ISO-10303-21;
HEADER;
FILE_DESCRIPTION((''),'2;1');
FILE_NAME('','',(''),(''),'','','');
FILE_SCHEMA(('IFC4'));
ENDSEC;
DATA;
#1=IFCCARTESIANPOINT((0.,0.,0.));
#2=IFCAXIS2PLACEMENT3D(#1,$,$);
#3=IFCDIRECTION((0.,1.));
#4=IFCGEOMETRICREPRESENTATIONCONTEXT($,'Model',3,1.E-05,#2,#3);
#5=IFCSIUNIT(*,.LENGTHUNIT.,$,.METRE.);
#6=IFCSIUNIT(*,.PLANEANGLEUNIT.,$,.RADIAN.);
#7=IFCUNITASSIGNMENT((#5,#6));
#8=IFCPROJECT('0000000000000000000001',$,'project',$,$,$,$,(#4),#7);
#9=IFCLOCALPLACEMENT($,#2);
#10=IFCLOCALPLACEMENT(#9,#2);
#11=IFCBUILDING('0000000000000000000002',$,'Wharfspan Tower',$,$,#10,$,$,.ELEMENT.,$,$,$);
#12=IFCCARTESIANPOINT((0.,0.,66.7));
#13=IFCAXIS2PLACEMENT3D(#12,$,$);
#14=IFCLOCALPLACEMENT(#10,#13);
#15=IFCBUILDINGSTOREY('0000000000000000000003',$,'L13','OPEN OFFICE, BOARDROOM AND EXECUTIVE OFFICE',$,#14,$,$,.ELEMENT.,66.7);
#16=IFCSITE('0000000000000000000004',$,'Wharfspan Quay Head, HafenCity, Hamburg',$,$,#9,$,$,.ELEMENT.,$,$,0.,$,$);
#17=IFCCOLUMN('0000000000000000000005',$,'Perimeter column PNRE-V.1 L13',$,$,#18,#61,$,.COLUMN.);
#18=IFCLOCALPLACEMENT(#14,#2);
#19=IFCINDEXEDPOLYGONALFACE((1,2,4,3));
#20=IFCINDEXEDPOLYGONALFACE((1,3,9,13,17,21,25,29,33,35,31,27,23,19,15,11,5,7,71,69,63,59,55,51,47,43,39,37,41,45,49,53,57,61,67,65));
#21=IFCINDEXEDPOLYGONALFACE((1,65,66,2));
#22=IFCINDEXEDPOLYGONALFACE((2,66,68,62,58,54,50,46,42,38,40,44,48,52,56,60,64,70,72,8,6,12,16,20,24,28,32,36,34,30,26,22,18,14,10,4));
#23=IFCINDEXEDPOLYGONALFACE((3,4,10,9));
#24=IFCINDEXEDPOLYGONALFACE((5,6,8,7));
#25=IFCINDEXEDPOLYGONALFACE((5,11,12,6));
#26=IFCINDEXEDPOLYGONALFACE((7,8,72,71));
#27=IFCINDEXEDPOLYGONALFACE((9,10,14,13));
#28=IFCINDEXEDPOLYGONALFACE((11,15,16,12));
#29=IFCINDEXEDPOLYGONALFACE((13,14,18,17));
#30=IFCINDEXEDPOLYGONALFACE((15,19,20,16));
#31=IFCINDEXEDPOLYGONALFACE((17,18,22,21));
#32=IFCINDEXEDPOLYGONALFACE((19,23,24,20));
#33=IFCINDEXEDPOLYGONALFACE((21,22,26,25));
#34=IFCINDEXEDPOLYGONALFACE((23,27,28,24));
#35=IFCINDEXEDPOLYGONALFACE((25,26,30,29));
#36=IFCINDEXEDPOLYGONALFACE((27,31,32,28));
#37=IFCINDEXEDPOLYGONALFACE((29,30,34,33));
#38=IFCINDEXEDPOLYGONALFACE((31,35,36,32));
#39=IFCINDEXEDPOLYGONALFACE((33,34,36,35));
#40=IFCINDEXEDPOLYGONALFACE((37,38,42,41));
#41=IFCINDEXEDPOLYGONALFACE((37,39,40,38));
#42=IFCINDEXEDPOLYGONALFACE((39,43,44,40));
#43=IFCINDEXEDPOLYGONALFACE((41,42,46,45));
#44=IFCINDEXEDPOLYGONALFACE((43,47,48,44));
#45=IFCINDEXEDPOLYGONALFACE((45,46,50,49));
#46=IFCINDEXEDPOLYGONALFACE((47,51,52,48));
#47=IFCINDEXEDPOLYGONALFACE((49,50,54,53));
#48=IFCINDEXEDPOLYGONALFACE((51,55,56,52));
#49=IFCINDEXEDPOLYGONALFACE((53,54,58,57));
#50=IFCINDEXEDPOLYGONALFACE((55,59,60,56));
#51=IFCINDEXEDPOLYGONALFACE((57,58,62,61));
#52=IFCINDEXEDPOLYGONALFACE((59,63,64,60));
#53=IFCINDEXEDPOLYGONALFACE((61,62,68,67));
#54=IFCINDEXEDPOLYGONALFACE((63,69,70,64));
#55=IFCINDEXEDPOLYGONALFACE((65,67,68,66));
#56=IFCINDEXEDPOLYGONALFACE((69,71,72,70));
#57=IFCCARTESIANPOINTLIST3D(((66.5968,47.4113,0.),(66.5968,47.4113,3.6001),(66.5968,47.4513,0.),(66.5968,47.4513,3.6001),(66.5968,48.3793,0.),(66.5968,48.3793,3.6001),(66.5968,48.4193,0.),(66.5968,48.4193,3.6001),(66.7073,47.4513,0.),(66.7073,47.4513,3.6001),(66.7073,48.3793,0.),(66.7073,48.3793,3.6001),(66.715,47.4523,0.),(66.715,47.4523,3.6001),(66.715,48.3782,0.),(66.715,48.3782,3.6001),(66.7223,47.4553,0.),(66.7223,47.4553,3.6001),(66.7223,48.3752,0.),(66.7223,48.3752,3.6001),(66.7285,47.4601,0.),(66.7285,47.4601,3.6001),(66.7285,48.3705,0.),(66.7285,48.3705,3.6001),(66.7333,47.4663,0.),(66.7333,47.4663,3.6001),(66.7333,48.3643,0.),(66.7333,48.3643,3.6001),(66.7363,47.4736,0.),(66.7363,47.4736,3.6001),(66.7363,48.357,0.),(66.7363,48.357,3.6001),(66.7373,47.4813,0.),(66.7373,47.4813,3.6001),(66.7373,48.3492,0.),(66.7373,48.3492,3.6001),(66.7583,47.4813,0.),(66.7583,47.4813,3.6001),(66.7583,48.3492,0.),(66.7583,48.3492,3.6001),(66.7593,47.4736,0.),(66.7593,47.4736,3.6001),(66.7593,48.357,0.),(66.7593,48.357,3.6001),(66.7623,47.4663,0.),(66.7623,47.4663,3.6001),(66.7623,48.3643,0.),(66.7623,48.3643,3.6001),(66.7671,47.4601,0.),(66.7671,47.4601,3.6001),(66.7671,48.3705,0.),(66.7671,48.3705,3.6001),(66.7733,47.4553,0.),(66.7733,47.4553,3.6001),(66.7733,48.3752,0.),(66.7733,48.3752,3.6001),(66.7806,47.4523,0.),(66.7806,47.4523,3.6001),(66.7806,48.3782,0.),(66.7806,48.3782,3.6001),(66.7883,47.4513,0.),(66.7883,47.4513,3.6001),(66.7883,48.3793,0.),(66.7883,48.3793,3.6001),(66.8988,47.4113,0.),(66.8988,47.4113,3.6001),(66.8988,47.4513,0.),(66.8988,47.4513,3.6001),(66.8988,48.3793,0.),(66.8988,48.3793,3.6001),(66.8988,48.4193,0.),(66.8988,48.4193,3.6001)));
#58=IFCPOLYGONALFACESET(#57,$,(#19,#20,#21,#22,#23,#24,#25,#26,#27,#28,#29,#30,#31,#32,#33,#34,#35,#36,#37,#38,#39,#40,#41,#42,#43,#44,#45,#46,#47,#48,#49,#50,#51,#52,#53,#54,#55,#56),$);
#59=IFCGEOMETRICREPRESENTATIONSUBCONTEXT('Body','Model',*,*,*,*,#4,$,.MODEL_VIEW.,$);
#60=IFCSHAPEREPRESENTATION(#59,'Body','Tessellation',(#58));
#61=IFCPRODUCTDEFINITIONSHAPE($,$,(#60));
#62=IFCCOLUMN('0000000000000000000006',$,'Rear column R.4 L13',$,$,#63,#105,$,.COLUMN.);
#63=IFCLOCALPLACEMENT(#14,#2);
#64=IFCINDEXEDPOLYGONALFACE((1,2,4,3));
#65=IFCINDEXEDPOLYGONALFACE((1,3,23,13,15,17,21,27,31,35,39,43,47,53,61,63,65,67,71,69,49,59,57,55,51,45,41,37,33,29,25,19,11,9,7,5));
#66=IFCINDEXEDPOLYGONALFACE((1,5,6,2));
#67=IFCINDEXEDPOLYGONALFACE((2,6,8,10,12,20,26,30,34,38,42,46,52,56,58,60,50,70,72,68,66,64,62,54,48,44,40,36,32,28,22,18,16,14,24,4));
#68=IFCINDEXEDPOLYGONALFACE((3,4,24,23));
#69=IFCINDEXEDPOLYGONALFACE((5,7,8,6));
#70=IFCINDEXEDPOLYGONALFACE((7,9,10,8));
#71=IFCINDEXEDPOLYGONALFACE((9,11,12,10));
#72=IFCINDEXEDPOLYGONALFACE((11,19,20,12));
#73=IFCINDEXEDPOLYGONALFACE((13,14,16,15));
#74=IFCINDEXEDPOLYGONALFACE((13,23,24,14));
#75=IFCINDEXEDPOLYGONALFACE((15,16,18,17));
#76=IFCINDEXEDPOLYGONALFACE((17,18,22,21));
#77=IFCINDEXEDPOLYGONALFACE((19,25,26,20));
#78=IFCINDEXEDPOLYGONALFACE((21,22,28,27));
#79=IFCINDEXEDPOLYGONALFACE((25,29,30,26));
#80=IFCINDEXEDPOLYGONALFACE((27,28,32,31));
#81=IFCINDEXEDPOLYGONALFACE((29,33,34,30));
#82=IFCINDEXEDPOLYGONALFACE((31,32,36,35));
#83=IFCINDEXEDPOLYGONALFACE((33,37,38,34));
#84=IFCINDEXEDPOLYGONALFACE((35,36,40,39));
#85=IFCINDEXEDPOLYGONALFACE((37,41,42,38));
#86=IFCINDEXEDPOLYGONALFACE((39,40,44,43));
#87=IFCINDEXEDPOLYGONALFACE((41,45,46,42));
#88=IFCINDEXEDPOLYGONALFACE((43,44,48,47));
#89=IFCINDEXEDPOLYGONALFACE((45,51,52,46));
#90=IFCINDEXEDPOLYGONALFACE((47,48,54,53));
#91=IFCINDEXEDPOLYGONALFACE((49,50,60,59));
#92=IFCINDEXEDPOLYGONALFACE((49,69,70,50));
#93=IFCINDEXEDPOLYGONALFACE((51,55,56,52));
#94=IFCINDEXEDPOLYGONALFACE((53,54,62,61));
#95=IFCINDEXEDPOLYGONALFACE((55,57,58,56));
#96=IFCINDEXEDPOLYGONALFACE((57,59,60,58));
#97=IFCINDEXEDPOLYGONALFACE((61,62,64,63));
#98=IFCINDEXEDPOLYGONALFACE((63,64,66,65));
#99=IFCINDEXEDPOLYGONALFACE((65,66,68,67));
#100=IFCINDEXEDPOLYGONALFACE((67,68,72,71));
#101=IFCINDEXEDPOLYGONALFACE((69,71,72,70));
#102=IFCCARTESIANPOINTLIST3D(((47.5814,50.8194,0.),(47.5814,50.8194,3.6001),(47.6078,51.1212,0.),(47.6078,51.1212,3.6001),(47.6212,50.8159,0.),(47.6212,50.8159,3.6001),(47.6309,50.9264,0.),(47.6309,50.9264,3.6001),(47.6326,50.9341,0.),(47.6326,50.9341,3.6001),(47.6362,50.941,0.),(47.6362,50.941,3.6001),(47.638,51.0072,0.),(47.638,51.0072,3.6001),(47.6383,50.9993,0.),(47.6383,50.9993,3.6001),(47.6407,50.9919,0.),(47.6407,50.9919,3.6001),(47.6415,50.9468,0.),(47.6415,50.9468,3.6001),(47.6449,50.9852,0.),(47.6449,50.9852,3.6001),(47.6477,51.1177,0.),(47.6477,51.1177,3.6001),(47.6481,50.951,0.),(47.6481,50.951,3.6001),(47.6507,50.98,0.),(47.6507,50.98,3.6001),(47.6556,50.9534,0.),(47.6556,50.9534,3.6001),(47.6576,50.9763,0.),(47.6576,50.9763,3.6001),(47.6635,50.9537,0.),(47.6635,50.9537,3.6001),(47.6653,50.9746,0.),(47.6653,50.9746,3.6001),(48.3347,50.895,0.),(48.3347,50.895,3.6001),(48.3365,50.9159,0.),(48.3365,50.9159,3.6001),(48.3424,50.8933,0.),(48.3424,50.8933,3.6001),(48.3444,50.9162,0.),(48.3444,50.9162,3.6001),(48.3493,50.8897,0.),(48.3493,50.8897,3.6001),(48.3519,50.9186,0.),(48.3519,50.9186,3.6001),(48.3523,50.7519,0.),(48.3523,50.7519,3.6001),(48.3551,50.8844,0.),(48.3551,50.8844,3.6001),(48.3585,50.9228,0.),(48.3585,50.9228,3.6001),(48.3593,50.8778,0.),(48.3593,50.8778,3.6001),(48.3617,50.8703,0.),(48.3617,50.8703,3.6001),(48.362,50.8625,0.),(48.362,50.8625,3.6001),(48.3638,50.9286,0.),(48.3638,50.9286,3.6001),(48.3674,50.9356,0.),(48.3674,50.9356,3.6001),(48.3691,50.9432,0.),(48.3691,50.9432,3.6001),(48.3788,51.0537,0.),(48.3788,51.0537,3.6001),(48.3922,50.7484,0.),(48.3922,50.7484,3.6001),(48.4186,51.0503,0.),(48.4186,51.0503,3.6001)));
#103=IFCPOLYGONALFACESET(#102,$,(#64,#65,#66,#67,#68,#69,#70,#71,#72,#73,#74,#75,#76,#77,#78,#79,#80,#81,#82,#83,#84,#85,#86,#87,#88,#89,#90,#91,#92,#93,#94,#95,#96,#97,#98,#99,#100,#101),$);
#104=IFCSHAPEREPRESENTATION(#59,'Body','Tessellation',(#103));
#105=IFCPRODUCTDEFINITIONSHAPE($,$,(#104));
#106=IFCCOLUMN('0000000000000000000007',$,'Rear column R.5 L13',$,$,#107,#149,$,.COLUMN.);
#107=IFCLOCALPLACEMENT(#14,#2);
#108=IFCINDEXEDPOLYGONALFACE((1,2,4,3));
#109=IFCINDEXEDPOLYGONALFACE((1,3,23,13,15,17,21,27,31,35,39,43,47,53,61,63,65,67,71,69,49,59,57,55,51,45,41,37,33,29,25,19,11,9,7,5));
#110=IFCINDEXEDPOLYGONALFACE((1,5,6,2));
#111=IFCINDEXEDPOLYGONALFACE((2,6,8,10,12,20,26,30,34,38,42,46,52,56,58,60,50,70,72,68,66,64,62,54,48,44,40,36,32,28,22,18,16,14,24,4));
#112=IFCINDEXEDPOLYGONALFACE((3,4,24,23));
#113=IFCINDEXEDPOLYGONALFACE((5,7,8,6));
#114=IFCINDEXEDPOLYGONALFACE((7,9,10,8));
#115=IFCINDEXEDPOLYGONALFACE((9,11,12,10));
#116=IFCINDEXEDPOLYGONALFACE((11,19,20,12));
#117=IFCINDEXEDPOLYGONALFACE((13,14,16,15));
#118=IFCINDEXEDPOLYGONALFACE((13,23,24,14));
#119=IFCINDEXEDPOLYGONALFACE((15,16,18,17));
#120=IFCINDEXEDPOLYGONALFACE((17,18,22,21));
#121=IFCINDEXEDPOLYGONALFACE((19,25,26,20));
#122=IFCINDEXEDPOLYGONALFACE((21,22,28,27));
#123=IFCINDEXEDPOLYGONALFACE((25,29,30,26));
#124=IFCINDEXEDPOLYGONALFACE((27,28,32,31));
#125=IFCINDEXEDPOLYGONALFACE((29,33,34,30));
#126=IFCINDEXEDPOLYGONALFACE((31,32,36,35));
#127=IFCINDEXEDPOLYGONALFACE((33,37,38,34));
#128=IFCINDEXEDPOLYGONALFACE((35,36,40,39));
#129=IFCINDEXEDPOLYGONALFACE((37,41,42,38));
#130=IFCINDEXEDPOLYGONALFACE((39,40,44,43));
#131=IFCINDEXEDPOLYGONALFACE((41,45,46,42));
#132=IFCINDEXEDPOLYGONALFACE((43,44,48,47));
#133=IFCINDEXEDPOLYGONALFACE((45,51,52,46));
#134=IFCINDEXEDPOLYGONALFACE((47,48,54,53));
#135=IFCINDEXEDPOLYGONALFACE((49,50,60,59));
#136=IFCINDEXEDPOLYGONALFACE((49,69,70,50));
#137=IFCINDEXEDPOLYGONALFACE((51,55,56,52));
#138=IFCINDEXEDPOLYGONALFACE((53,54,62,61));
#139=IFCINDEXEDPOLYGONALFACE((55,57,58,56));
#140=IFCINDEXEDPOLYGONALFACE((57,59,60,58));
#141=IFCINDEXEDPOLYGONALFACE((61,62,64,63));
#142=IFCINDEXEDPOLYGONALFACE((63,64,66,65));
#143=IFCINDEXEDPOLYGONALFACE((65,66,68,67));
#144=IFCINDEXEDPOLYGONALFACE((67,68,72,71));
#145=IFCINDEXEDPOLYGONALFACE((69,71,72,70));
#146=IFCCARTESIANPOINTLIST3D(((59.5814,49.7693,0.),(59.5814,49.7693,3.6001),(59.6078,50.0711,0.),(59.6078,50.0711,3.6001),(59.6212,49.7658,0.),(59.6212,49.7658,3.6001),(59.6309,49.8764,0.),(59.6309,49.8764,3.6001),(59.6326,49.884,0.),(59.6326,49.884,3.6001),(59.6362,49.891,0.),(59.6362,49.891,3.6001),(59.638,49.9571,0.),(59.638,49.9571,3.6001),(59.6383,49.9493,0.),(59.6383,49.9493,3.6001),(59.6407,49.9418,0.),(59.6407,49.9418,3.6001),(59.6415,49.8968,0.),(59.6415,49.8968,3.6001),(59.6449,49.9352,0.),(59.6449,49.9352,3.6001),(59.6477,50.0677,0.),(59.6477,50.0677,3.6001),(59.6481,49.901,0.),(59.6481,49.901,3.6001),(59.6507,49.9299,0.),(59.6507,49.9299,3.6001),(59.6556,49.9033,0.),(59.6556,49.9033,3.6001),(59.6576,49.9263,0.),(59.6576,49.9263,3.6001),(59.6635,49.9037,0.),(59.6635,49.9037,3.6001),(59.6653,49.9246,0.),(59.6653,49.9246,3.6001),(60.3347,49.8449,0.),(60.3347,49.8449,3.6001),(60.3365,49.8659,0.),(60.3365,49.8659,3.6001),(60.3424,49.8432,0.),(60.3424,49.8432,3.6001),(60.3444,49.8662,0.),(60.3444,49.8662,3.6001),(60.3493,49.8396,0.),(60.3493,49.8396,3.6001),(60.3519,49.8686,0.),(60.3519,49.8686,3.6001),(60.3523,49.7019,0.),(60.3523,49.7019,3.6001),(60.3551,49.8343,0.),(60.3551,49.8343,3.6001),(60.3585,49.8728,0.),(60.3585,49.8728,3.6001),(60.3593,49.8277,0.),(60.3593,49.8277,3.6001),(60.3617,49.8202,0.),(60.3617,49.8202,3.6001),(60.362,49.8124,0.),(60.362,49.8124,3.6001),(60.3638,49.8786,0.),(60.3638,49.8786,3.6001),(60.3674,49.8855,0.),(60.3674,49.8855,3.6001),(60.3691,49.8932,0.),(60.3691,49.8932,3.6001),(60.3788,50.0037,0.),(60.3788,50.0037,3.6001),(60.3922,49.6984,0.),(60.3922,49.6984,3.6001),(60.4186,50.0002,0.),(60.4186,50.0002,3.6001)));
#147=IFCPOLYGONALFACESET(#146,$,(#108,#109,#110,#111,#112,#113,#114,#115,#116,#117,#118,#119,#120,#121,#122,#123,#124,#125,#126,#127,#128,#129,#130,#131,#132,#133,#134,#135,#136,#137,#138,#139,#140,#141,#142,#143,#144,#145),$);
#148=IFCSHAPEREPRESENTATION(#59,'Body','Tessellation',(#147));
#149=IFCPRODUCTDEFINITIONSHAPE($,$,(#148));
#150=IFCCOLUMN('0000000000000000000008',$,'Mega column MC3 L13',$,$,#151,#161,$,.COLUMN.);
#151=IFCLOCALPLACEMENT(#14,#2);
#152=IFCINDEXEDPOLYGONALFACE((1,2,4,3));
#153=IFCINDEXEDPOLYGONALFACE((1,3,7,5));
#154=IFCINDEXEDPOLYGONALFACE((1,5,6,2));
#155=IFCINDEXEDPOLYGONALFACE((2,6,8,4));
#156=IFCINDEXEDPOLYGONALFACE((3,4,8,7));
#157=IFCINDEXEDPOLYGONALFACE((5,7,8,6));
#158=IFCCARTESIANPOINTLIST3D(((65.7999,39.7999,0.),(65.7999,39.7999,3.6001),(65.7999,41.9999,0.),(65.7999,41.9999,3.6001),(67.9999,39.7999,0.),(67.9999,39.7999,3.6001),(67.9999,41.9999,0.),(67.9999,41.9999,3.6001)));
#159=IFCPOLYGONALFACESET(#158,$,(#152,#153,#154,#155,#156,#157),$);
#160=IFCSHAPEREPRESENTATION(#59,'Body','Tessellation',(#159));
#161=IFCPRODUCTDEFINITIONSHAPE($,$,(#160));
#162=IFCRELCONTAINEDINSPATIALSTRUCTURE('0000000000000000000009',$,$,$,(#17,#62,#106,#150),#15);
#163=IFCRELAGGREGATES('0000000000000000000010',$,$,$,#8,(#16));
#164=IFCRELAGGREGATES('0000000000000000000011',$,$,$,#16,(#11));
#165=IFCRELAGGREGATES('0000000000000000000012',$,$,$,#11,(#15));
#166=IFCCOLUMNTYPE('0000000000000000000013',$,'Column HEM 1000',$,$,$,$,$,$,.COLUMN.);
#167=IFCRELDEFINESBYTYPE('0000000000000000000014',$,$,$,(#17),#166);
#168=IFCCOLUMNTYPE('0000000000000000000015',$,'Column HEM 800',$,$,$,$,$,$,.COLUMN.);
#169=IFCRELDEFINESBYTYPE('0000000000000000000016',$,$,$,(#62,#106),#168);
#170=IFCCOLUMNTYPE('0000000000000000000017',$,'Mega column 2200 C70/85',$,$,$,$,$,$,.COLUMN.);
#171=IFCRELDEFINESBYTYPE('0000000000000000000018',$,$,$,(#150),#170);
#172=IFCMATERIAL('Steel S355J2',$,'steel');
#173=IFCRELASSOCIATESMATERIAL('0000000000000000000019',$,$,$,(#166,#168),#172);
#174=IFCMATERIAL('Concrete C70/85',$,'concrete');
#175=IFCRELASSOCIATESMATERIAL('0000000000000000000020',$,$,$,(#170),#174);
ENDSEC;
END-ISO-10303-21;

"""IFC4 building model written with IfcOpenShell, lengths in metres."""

from ifc_helpers import new_model, si_unit, direction, frame, origin, origin_2d, place, context, subcontext, project, spatial, rectangle, i_section, extrude, material, material_profile, profile_set, type_object, element, save


model = new_model("IFC4")

# Units and contexts
model_context = context("Model", 3, precision=1e-05, world=origin(), true_north=direction((0.0, 1.0)))
body_context = subcontext(model_context, "Body", "Model", "MODEL_VIEW")
ifc_project = project(units=[si_unit("LENGTHUNIT", "METRE"), si_unit("PLANEANGLEUNIT", "RADIAN")], contexts=[model_context])

# Site, building, storey
site_placement = place(None, origin())
site = spatial("IfcSite", under=ifc_project, at=site_placement, Name="Wharfspan Quay Head, HafenCity, Hamburg", CompositionType="ELEMENT", RefElevation=0.0)
building_placement = place(site_placement, origin())
building = spatial("IfcBuilding", under=site, at=building_placement, Name="Wharfspan Tower", CompositionType="ELEMENT")
storey_placement = place(building_placement, frame((0.0, 0.0, 66.7)))
storey = spatial("IfcBuildingStorey", under=building, at=storey_placement, Name="L13", Description="OPEN OFFICE, BOARDROOM AND EXECUTIVE OFFICE", CompositionType="ELEMENT", Elevation=66.7)

# Columns
ifc_material_1 = material(Name="Steel S355J2", Category="steel")
ifc_material_profile_1 = material_profile(ifc_material_1, i_section(OverallWidth=0.302, OverallDepth=1.0081, WebThickness=0.021, FlangeThickness=0.04, FilletRadius=0.03, at=origin_2d()))
ifc_profile_set_1 = profile_set([ifc_material_profile_1], Name="Steel S355J2")
column_type_1 = type_object("IfcColumnType", Name="Column HEM 1000", PredefinedType="COLUMN", material=ifc_profile_set_1)
column_1_placement = place(storey_placement, frame((66.7478, 47.9153, 0.0), z_axis=(0.0, 0.0, 1.0), x_axis=(1.0, 0.0, 0.0)))
element("IfcColumn", 1, at=column_1_placement, inside=storey, type_object=column_type_1, Name="Perimeter column PNRE-V.1 L13", PredefinedType="COLUMN", context=body_context, shape_type="SweptSolid", body=[
    extrude(i_section(OverallWidth=0.302, OverallDepth=1.0081, WebThickness=0.021, FlangeThickness=0.04, FilletRadius=0.03, at=origin_2d()), origin(), (0.0, 0.0, 1.0), 3.6001),
])
ifc_material_profile_2 = material_profile(ifc_material_1, i_section(OverallWidth=0.303, OverallDepth=0.814, WebThickness=0.021, FlangeThickness=0.04, FilletRadius=0.03, at=origin_2d()))
ifc_profile_set_2 = profile_set([ifc_material_profile_2], Name="Steel S355J2")
column_type_2 = type_object("IfcColumnType", Name="Column HEM 800", PredefinedType="COLUMN", material=ifc_profile_set_2)
for number, where, z_axis, x_axis, name in (
    (2, (48.0, 50.9348, 0.0), (0.0, 0.0, 1.0), (0.087156, 0.996197, 0.0), "Rear column R.4 L13"),
    (3, (60.0, 49.8848, 0.0), (0.0, 0.0, 1.0), (0.087156, 0.996197, 0.0), "Rear column R.5 L13"),
):
    element("IfcColumn", number, at=place(storey_placement, frame(where, z_axis=z_axis, x_axis=x_axis)), inside=storey, type_object=column_type_2, Name=name, PredefinedType="COLUMN", context=body_context, shape_type="SweptSolid", body=[
        extrude(i_section(OverallWidth=0.303, OverallDepth=0.814, WebThickness=0.021, FlangeThickness=0.04, FilletRadius=0.03, at=origin_2d()), origin(), (0.0, 0.0, 1.0), 3.6001),
    ])
ifc_material_2 = material(Name="Concrete C70/85", Category="concrete")
ifc_material_profile_3 = material_profile(ifc_material_2, rectangle(XDim=2.2, YDim=2.2, at=origin_2d()))
ifc_profile_set_3 = profile_set([ifc_material_profile_3], Name="Concrete C70/85")
column_type_3 = type_object("IfcColumnType", Name="Mega column 2200 C70/85", PredefinedType="COLUMN", material=ifc_profile_set_3)
column_2_placement = place(storey_placement, frame((66.8999, 40.8999, 0.0), z_axis=(0.0, 0.0, 1.0), x_axis=(1.0, 0.0, 0.0)))
element("IfcColumn", 4, at=column_2_placement, inside=storey, type_object=column_type_3, Name="Mega column MC3 L13", PredefinedType="COLUMN", context=body_context, shape_type="SweptSolid", body=[
    extrude(rectangle(XDim=2.2, YDim=2.2, at=origin_2d()), origin(), (0.0, 0.0, 1.0), 3.6001),
])

save(model, "model.ifc")
